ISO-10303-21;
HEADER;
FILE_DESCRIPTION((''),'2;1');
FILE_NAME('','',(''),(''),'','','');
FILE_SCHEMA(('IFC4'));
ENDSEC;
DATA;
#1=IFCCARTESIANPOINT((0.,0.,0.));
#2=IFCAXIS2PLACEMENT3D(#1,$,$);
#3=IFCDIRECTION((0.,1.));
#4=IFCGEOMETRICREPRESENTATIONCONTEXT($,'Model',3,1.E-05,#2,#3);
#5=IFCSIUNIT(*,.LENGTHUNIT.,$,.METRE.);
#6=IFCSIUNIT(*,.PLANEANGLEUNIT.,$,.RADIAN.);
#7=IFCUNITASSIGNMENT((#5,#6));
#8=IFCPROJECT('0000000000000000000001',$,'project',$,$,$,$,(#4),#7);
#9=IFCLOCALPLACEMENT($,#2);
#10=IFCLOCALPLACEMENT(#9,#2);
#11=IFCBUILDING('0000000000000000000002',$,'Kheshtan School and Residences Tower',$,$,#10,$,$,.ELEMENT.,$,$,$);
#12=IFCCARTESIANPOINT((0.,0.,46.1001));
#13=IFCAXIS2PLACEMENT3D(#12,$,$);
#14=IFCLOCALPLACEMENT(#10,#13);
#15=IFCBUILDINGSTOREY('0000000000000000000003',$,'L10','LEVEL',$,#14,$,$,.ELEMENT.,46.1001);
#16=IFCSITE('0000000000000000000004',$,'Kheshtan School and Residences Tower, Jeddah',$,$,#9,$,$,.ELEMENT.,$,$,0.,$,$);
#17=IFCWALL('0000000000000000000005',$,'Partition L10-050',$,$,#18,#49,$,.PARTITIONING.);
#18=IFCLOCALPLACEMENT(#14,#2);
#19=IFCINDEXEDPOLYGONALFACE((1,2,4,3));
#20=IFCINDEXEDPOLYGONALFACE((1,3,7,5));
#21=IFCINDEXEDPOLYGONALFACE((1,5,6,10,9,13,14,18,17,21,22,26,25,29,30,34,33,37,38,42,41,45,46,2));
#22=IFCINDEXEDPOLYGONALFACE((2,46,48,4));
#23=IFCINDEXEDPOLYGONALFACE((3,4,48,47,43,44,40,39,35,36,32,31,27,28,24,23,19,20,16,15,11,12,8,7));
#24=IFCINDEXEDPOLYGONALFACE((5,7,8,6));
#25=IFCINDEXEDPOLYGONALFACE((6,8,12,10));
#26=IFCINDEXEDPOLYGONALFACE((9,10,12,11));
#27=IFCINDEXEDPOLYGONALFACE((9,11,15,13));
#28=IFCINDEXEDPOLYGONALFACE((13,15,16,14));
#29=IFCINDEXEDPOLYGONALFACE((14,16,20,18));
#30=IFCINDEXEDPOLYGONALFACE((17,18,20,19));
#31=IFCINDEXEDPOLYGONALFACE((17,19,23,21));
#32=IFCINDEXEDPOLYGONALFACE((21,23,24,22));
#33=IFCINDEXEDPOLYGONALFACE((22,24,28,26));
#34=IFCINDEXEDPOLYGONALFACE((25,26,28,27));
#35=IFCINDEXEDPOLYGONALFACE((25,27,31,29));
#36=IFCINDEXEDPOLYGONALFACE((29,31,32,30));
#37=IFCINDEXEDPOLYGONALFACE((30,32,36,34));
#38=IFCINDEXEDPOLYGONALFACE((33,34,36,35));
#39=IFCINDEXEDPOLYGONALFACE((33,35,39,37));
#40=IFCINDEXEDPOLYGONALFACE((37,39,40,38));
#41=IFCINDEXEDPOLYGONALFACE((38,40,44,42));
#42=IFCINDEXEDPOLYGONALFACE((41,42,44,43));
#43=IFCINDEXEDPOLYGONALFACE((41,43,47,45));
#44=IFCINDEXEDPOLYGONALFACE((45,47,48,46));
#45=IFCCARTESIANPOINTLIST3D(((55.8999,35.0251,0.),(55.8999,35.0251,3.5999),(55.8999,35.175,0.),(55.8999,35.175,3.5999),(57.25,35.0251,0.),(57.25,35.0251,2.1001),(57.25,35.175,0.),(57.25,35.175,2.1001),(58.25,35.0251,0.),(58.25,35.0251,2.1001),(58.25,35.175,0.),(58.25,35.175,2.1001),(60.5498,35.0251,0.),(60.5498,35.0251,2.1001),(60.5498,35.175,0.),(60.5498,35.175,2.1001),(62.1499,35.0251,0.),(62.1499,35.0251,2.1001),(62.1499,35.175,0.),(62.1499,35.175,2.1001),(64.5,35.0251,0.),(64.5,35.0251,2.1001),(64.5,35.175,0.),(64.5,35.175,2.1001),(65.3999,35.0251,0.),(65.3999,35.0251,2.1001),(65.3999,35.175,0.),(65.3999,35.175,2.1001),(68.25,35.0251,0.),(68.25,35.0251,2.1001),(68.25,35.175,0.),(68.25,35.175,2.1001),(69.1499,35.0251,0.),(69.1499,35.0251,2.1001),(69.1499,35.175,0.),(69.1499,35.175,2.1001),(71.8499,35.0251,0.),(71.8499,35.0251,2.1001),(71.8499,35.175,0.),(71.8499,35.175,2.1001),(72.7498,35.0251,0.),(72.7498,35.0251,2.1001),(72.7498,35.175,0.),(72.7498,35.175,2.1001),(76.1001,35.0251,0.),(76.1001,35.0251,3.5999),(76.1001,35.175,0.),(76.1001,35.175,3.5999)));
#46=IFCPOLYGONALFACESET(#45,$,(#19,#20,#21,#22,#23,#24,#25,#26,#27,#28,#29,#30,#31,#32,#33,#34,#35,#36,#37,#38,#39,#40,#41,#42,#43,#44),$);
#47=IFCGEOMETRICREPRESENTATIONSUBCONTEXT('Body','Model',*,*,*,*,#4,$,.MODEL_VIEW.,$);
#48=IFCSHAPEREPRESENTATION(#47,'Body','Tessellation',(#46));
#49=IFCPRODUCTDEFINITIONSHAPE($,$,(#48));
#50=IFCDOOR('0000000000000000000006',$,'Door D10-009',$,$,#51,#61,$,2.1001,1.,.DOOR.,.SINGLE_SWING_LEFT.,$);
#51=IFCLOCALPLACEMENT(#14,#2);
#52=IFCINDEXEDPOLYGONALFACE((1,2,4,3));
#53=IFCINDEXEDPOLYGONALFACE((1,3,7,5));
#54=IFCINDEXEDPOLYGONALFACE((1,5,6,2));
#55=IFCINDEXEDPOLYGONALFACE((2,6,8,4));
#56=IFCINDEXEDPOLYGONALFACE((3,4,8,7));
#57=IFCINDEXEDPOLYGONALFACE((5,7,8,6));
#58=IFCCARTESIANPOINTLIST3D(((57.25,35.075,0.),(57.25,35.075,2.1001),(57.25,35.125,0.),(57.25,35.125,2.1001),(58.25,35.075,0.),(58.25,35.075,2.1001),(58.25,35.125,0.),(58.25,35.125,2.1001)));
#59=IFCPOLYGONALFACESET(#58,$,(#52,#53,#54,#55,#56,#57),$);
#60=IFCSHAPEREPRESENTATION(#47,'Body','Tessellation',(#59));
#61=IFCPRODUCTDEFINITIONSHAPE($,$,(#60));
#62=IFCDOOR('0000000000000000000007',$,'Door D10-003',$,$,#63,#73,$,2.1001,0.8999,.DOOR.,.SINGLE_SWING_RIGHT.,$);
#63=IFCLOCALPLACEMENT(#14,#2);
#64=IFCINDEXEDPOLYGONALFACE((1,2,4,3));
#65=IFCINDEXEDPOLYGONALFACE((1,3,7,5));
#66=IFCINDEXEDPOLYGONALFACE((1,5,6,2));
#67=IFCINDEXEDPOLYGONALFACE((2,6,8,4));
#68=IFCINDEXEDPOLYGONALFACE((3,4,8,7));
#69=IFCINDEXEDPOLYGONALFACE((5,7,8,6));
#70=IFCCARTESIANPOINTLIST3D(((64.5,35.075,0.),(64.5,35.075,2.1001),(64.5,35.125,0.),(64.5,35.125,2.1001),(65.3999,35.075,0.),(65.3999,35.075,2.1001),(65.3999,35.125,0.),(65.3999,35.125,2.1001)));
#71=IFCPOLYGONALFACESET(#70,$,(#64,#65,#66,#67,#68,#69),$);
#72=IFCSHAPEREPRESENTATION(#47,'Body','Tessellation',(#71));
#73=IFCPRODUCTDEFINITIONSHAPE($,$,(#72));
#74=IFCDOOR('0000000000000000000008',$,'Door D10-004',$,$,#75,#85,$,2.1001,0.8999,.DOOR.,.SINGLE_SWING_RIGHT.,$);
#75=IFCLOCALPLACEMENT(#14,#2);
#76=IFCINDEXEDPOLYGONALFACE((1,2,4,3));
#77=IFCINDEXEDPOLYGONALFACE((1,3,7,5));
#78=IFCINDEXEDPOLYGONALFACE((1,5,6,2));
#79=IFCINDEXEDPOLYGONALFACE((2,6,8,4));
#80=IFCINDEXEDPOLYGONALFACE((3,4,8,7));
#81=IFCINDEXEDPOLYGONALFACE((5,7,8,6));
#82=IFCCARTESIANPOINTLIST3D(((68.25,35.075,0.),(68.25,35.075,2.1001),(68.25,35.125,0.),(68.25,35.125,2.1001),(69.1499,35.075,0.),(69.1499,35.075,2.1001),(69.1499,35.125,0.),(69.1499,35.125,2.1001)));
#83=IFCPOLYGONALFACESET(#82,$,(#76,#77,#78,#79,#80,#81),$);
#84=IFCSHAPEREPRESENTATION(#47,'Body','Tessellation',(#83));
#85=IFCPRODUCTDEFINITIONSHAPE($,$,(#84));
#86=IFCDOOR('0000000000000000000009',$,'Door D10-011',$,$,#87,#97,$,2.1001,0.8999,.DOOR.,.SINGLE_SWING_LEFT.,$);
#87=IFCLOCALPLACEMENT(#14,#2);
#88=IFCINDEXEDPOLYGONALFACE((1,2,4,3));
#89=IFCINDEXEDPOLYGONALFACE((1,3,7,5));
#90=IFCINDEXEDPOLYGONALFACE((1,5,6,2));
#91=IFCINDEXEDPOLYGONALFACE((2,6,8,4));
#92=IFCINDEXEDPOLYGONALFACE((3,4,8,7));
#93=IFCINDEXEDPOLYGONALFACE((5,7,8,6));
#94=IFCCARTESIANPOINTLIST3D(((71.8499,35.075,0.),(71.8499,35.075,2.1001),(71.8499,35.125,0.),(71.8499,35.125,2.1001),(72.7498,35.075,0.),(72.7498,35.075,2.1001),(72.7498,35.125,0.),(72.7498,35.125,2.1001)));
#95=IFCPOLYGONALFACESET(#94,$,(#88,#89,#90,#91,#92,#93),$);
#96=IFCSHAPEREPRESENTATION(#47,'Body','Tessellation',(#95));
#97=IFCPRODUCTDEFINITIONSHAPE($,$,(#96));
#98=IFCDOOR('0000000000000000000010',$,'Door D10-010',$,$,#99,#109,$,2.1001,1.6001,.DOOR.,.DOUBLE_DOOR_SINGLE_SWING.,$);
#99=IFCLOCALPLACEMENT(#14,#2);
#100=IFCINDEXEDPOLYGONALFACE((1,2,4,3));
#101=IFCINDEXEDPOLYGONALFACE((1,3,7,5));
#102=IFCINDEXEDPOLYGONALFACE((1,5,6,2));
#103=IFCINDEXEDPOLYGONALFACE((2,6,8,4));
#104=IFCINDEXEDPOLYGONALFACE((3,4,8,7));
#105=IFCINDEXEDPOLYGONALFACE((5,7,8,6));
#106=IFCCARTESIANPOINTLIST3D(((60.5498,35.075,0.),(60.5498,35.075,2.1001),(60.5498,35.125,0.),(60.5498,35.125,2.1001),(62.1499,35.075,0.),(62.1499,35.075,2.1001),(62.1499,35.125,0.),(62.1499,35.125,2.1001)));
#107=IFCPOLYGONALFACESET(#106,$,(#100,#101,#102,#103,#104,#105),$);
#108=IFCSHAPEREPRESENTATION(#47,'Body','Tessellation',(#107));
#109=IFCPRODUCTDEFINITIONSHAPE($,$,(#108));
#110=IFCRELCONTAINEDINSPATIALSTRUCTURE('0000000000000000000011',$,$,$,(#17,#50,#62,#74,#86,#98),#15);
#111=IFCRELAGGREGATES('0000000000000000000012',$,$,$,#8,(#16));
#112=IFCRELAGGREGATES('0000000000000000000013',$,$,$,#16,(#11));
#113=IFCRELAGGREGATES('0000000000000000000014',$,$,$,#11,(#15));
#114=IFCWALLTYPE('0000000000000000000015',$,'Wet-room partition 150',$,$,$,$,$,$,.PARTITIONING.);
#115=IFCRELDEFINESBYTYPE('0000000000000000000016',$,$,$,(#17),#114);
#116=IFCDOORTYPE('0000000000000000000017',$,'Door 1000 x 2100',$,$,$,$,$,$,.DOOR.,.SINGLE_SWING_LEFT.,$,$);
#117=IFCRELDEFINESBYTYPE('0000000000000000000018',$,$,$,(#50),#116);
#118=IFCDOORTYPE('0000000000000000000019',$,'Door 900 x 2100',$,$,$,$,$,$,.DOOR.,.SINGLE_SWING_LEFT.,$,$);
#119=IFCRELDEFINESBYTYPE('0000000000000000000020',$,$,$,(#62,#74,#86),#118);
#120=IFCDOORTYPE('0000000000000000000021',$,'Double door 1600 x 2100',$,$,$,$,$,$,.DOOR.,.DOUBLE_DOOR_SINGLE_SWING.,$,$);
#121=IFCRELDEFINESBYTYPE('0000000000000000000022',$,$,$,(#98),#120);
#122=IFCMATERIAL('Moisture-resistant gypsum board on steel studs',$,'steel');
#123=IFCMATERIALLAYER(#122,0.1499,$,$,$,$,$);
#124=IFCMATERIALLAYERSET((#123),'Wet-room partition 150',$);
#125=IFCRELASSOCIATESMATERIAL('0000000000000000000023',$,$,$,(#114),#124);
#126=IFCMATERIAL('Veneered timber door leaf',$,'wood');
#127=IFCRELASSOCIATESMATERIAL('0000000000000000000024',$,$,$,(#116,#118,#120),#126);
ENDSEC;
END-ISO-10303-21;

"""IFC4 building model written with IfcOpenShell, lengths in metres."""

from ifc_helpers import new_model, si_unit, direction, frame, frame_2d, origin, place, context, subcontext, project, spatial, rectangle, extrude, source, transform, mapped, material, layer, layer_set, type_object, element, fill, save


model = new_model("IFC4")

# Units and contexts
model_context = context("Model", 3, precision=1e-05, world=origin(), true_north=direction((0.0, 1.0)))
body_context = subcontext(model_context, "Body", "Model", "MODEL_VIEW")
ifc_project = project(units=[si_unit("LENGTHUNIT", "METRE"), si_unit("PLANEANGLEUNIT", "RADIAN")], contexts=[model_context])

# Site, building, storey
site_placement = place(None, origin())
site = spatial("IfcSite", under=ifc_project, at=site_placement, Name="Kheshtan School and Residences Tower, Jeddah", CompositionType="ELEMENT", RefElevation=0.0)
building_placement = place(site_placement, origin())
building = spatial("IfcBuilding", under=site, at=building_placement, Name="Kheshtan School and Residences Tower", CompositionType="ELEMENT")
storey_placement = place(building_placement, frame((0.0, 0.0, 46.1001)))
storey = spatial("IfcBuildingStorey", under=building, at=storey_placement, Name="L10", Description="LEVEL", CompositionType="ELEMENT", Elevation=46.1001)

# Wall, openings, doors
ifc_material_1 = material(Name="Moisture-resistant gypsum board on steel studs", Category="steel")
ifc_layer_1 = layer(ifc_material_1, 0.1499)
ifc_layer_set_1 = layer_set([ifc_layer_1], Name="Wet-room partition 150")
wall_type_1 = type_object("IfcWallType", Name="Wet-room partition 150", PredefinedType="PARTITIONING", material=ifc_layer_set_1)
wall_1_placement = place(storey_placement, frame((55.8999, 35.1001, 0.0), z_axis=(0.0, 0.0, 1.0), x_axis=(1.0, 0.0, 0.0)))
wall_1 = element("IfcWall", 1, at=wall_1_placement, inside=storey, type_object=wall_type_1, Name="Partition L10-050", PredefinedType="PARTITIONING", context=body_context, shape_type="SweptSolid", body=[
    extrude(rectangle(XDim=20.2002, YDim=0.1499, at=frame_2d((10.1001, 0.0))), origin(), (0.0, 0.0, 1.0), 3.5999),
])
opening_1_placement = place(wall_1_placement, frame((8.6001, 0.0, 0.0)))
opening_1 = element("IfcOpeningElement", 2, at=opening_1_placement, cuts=wall_1, PredefinedType="OPENING", context=body_context, shape_type="SweptSolid", body=[
    extrude(rectangle(XDim=0.8999, YDim=2.1001, at=frame_2d((0.45, 1.05))), frame((0.0, 0.085, 0.0), z_axis=(0.0, -1.0, 0.0), x_axis=(1.0, 0.0, 0.0)), (0.0, 0.0, 1.0), 0.1699),
])
opening_2_placement = place(wall_1_placement, frame((12.3501, 0.0, 0.0)))
opening_2 = element("IfcOpeningElement", 3, at=opening_2_placement, cuts=wall_1, PredefinedType="OPENING", context=body_context, shape_type="SweptSolid", body=[
    extrude(rectangle(XDim=0.8999, YDim=2.1001, at=frame_2d((0.45, 1.05))), frame((0.0, 0.085, 0.0), z_axis=(0.0, -1.0, 0.0), x_axis=(1.0, 0.0, 0.0)), (0.0, 0.0, 1.0), 0.1699),
])
opening_3_placement = place(wall_1_placement, frame((1.3501, 0.0, 0.0)))
opening_3 = element("IfcOpeningElement", 4, at=opening_3_placement, cuts=wall_1, PredefinedType="OPENING", context=body_context, shape_type="SweptSolid", body=[
    extrude(rectangle(XDim=1.0, YDim=2.1001, at=frame_2d((0.5, 1.05))), frame((0.0, 0.085, 0.0), z_axis=(0.0, -1.0, 0.0), x_axis=(1.0, 0.0, 0.0)), (0.0, 0.0, 1.0), 0.1699),
])
opening_4_placement = place(wall_1_placement, frame((4.6499, 0.0, 0.0)))
opening_4 = element("IfcOpeningElement", 5, at=opening_4_placement, cuts=wall_1, PredefinedType="OPENING", context=body_context, shape_type="SweptSolid", body=[
    extrude(rectangle(XDim=1.6001, YDim=2.1001, at=frame_2d((0.8, 1.05))), frame((0.0, 0.085, 0.0), z_axis=(0.0, -1.0, 0.0), x_axis=(1.0, 0.0, 0.0)), (0.0, 0.0, 1.0), 0.1699),
])
opening_5_placement = place(wall_1_placement, frame((15.95, 0.0, 0.0)))
opening_5 = element("IfcOpeningElement", 6, at=opening_5_placement, cuts=wall_1, PredefinedType="OPENING", context=body_context, shape_type="SweptSolid", body=[
    extrude(rectangle(XDim=0.8999, YDim=2.1001, at=frame_2d((0.45, 1.05))), frame((0.0, 0.085, 0.0), z_axis=(0.0, -1.0, 0.0), x_axis=(1.0, 0.0, 0.0)), (0.0, 0.0, 1.0), 0.1699),
])
ifc_material_2 = material(Name="Veneered timber door leaf", Category="wood")
door_type_1 = type_object("IfcDoorType", Name="Door 1000 x 2100", OperationType="SINGLE_SWING_LEFT", PredefinedType="DOOR", material=ifc_material_2)
shared_shape_1 = source(origin(), body_context, "Body", "SweptSolid", [
    extrude(rectangle(XDim=1.0, YDim=2.1001, at=frame_2d((0.5, 1.05))), frame((0.0, 0.0249, 0.0), z_axis=(0.0, -1.0, 0.0), x_axis=(1.0, 0.0, 0.0)), (0.0, 0.0, 1.0), 0.05),
])
door_1_placement = place(opening_3_placement, origin())
door_1 = element("IfcDoor", 7, at=door_1_placement, inside=storey, type_object=door_type_1, Name="Door D10-009", OperationType="SINGLE_SWING_LEFT", OverallHeight=2.1001, OverallWidth=1.0, PredefinedType="DOOR", context=body_context, shape_type="MappedRepresentation", body=[
    mapped(shared_shape_1, transform((0.0, 0.0, 0.0), x_axis=(1.0, 0.0, 0.0), y_axis=(0.0, 1.0, 0.0), z_axis=(0.0, 0.0, 1.0), scale=1.0)),
])
fill(opening_3, door_1)
door_type_2 = type_object("IfcDoorType", Name="Door 900 x 2100", OperationType="SINGLE_SWING_LEFT", PredefinedType="DOOR", material=ifc_material_2)
shared_shape_2 = source(origin(), body_context, "Body", "SweptSolid", [
    extrude(rectangle(XDim=0.8999, YDim=2.1001, at=frame_2d((0.45, 1.05))), frame((0.0, 0.0249, 0.0), z_axis=(0.0, -1.0, 0.0), x_axis=(1.0, 0.0, 0.0)), (0.0, 0.0, 1.0), 0.05),
])
door_2_placement = place(opening_1_placement, origin())
door_2 = element("IfcDoor", 8, at=door_2_placement, inside=storey, type_object=door_type_2, Name="Door D10-003", OperationType="SINGLE_SWING_RIGHT", OverallHeight=2.1001, OverallWidth=0.8999, PredefinedType="DOOR", context=body_context, shape_type="MappedRepresentation", body=[
    mapped(shared_shape_2, transform((0.0, 0.0, 0.0), x_axis=(1.0, 0.0, 0.0), y_axis=(0.0, 1.0, 0.0), z_axis=(0.0, 0.0, 1.0), scale=1.0)),
])
fill(opening_1, door_2)
door_3_placement = place(opening_2_placement, origin())
door_3 = element("IfcDoor", 9, at=door_3_placement, inside=storey, type_object=door_type_2, Name="Door D10-004", OperationType="SINGLE_SWING_RIGHT", OverallHeight=2.1001, OverallWidth=0.8999, PredefinedType="DOOR", context=body_context, shape_type="MappedRepresentation", body=[
    mapped(shared_shape_2, transform((0.0, 0.0, 0.0), x_axis=(1.0, 0.0, 0.0), y_axis=(0.0, 1.0, 0.0), z_axis=(0.0, 0.0, 1.0), scale=1.0)),
])
fill(opening_2, door_3)
door_4_placement = place(opening_5_placement, origin())
door_4 = element("IfcDoor", 10, at=door_4_placement, inside=storey, type_object=door_type_2, Name="Door D10-011", OperationType="SINGLE_SWING_LEFT", OverallHeight=2.1001, OverallWidth=0.8999, PredefinedType="DOOR", context=body_context, shape_type="MappedRepresentation", body=[
    mapped(shared_shape_2, transform((0.0, 0.0, 0.0), x_axis=(1.0, 0.0, 0.0), y_axis=(0.0, 1.0, 0.0), z_axis=(0.0, 0.0, 1.0), scale=1.0)),
])
fill(opening_5, door_4)
door_type_3 = type_object("IfcDoorType", Name="Double door 1600 x 2100", OperationType="DOUBLE_DOOR_SINGLE_SWING", PredefinedType="DOOR", material=ifc_material_2)
shared_shape_3 = source(origin(), body_context, "Body", "SweptSolid", [
    extrude(rectangle(XDim=1.6001, YDim=2.1001, at=frame_2d((0.8, 1.05))), frame((0.0, 0.0249, 0.0), z_axis=(0.0, -1.0, 0.0), x_axis=(1.0, 0.0, 0.0)), (0.0, 0.0, 1.0), 0.05),
])
door_5_placement = place(opening_4_placement, origin())
door_5 = element("IfcDoor", 11, at=door_5_placement, inside=storey, type_object=door_type_3, Name="Door D10-010", OperationType="DOUBLE_DOOR_SINGLE_SWING", OverallHeight=2.1001, OverallWidth=1.6001, PredefinedType="DOOR", context=body_context, shape_type="MappedRepresentation", body=[
    mapped(shared_shape_3, transform((0.0, 0.0, 0.0), x_axis=(1.0, 0.0, 0.0), y_axis=(0.0, 1.0, 0.0), z_axis=(0.0, 0.0, 1.0), scale=1.0)),
])
fill(opening_4, door_5)

save(model, "model.ifc")
